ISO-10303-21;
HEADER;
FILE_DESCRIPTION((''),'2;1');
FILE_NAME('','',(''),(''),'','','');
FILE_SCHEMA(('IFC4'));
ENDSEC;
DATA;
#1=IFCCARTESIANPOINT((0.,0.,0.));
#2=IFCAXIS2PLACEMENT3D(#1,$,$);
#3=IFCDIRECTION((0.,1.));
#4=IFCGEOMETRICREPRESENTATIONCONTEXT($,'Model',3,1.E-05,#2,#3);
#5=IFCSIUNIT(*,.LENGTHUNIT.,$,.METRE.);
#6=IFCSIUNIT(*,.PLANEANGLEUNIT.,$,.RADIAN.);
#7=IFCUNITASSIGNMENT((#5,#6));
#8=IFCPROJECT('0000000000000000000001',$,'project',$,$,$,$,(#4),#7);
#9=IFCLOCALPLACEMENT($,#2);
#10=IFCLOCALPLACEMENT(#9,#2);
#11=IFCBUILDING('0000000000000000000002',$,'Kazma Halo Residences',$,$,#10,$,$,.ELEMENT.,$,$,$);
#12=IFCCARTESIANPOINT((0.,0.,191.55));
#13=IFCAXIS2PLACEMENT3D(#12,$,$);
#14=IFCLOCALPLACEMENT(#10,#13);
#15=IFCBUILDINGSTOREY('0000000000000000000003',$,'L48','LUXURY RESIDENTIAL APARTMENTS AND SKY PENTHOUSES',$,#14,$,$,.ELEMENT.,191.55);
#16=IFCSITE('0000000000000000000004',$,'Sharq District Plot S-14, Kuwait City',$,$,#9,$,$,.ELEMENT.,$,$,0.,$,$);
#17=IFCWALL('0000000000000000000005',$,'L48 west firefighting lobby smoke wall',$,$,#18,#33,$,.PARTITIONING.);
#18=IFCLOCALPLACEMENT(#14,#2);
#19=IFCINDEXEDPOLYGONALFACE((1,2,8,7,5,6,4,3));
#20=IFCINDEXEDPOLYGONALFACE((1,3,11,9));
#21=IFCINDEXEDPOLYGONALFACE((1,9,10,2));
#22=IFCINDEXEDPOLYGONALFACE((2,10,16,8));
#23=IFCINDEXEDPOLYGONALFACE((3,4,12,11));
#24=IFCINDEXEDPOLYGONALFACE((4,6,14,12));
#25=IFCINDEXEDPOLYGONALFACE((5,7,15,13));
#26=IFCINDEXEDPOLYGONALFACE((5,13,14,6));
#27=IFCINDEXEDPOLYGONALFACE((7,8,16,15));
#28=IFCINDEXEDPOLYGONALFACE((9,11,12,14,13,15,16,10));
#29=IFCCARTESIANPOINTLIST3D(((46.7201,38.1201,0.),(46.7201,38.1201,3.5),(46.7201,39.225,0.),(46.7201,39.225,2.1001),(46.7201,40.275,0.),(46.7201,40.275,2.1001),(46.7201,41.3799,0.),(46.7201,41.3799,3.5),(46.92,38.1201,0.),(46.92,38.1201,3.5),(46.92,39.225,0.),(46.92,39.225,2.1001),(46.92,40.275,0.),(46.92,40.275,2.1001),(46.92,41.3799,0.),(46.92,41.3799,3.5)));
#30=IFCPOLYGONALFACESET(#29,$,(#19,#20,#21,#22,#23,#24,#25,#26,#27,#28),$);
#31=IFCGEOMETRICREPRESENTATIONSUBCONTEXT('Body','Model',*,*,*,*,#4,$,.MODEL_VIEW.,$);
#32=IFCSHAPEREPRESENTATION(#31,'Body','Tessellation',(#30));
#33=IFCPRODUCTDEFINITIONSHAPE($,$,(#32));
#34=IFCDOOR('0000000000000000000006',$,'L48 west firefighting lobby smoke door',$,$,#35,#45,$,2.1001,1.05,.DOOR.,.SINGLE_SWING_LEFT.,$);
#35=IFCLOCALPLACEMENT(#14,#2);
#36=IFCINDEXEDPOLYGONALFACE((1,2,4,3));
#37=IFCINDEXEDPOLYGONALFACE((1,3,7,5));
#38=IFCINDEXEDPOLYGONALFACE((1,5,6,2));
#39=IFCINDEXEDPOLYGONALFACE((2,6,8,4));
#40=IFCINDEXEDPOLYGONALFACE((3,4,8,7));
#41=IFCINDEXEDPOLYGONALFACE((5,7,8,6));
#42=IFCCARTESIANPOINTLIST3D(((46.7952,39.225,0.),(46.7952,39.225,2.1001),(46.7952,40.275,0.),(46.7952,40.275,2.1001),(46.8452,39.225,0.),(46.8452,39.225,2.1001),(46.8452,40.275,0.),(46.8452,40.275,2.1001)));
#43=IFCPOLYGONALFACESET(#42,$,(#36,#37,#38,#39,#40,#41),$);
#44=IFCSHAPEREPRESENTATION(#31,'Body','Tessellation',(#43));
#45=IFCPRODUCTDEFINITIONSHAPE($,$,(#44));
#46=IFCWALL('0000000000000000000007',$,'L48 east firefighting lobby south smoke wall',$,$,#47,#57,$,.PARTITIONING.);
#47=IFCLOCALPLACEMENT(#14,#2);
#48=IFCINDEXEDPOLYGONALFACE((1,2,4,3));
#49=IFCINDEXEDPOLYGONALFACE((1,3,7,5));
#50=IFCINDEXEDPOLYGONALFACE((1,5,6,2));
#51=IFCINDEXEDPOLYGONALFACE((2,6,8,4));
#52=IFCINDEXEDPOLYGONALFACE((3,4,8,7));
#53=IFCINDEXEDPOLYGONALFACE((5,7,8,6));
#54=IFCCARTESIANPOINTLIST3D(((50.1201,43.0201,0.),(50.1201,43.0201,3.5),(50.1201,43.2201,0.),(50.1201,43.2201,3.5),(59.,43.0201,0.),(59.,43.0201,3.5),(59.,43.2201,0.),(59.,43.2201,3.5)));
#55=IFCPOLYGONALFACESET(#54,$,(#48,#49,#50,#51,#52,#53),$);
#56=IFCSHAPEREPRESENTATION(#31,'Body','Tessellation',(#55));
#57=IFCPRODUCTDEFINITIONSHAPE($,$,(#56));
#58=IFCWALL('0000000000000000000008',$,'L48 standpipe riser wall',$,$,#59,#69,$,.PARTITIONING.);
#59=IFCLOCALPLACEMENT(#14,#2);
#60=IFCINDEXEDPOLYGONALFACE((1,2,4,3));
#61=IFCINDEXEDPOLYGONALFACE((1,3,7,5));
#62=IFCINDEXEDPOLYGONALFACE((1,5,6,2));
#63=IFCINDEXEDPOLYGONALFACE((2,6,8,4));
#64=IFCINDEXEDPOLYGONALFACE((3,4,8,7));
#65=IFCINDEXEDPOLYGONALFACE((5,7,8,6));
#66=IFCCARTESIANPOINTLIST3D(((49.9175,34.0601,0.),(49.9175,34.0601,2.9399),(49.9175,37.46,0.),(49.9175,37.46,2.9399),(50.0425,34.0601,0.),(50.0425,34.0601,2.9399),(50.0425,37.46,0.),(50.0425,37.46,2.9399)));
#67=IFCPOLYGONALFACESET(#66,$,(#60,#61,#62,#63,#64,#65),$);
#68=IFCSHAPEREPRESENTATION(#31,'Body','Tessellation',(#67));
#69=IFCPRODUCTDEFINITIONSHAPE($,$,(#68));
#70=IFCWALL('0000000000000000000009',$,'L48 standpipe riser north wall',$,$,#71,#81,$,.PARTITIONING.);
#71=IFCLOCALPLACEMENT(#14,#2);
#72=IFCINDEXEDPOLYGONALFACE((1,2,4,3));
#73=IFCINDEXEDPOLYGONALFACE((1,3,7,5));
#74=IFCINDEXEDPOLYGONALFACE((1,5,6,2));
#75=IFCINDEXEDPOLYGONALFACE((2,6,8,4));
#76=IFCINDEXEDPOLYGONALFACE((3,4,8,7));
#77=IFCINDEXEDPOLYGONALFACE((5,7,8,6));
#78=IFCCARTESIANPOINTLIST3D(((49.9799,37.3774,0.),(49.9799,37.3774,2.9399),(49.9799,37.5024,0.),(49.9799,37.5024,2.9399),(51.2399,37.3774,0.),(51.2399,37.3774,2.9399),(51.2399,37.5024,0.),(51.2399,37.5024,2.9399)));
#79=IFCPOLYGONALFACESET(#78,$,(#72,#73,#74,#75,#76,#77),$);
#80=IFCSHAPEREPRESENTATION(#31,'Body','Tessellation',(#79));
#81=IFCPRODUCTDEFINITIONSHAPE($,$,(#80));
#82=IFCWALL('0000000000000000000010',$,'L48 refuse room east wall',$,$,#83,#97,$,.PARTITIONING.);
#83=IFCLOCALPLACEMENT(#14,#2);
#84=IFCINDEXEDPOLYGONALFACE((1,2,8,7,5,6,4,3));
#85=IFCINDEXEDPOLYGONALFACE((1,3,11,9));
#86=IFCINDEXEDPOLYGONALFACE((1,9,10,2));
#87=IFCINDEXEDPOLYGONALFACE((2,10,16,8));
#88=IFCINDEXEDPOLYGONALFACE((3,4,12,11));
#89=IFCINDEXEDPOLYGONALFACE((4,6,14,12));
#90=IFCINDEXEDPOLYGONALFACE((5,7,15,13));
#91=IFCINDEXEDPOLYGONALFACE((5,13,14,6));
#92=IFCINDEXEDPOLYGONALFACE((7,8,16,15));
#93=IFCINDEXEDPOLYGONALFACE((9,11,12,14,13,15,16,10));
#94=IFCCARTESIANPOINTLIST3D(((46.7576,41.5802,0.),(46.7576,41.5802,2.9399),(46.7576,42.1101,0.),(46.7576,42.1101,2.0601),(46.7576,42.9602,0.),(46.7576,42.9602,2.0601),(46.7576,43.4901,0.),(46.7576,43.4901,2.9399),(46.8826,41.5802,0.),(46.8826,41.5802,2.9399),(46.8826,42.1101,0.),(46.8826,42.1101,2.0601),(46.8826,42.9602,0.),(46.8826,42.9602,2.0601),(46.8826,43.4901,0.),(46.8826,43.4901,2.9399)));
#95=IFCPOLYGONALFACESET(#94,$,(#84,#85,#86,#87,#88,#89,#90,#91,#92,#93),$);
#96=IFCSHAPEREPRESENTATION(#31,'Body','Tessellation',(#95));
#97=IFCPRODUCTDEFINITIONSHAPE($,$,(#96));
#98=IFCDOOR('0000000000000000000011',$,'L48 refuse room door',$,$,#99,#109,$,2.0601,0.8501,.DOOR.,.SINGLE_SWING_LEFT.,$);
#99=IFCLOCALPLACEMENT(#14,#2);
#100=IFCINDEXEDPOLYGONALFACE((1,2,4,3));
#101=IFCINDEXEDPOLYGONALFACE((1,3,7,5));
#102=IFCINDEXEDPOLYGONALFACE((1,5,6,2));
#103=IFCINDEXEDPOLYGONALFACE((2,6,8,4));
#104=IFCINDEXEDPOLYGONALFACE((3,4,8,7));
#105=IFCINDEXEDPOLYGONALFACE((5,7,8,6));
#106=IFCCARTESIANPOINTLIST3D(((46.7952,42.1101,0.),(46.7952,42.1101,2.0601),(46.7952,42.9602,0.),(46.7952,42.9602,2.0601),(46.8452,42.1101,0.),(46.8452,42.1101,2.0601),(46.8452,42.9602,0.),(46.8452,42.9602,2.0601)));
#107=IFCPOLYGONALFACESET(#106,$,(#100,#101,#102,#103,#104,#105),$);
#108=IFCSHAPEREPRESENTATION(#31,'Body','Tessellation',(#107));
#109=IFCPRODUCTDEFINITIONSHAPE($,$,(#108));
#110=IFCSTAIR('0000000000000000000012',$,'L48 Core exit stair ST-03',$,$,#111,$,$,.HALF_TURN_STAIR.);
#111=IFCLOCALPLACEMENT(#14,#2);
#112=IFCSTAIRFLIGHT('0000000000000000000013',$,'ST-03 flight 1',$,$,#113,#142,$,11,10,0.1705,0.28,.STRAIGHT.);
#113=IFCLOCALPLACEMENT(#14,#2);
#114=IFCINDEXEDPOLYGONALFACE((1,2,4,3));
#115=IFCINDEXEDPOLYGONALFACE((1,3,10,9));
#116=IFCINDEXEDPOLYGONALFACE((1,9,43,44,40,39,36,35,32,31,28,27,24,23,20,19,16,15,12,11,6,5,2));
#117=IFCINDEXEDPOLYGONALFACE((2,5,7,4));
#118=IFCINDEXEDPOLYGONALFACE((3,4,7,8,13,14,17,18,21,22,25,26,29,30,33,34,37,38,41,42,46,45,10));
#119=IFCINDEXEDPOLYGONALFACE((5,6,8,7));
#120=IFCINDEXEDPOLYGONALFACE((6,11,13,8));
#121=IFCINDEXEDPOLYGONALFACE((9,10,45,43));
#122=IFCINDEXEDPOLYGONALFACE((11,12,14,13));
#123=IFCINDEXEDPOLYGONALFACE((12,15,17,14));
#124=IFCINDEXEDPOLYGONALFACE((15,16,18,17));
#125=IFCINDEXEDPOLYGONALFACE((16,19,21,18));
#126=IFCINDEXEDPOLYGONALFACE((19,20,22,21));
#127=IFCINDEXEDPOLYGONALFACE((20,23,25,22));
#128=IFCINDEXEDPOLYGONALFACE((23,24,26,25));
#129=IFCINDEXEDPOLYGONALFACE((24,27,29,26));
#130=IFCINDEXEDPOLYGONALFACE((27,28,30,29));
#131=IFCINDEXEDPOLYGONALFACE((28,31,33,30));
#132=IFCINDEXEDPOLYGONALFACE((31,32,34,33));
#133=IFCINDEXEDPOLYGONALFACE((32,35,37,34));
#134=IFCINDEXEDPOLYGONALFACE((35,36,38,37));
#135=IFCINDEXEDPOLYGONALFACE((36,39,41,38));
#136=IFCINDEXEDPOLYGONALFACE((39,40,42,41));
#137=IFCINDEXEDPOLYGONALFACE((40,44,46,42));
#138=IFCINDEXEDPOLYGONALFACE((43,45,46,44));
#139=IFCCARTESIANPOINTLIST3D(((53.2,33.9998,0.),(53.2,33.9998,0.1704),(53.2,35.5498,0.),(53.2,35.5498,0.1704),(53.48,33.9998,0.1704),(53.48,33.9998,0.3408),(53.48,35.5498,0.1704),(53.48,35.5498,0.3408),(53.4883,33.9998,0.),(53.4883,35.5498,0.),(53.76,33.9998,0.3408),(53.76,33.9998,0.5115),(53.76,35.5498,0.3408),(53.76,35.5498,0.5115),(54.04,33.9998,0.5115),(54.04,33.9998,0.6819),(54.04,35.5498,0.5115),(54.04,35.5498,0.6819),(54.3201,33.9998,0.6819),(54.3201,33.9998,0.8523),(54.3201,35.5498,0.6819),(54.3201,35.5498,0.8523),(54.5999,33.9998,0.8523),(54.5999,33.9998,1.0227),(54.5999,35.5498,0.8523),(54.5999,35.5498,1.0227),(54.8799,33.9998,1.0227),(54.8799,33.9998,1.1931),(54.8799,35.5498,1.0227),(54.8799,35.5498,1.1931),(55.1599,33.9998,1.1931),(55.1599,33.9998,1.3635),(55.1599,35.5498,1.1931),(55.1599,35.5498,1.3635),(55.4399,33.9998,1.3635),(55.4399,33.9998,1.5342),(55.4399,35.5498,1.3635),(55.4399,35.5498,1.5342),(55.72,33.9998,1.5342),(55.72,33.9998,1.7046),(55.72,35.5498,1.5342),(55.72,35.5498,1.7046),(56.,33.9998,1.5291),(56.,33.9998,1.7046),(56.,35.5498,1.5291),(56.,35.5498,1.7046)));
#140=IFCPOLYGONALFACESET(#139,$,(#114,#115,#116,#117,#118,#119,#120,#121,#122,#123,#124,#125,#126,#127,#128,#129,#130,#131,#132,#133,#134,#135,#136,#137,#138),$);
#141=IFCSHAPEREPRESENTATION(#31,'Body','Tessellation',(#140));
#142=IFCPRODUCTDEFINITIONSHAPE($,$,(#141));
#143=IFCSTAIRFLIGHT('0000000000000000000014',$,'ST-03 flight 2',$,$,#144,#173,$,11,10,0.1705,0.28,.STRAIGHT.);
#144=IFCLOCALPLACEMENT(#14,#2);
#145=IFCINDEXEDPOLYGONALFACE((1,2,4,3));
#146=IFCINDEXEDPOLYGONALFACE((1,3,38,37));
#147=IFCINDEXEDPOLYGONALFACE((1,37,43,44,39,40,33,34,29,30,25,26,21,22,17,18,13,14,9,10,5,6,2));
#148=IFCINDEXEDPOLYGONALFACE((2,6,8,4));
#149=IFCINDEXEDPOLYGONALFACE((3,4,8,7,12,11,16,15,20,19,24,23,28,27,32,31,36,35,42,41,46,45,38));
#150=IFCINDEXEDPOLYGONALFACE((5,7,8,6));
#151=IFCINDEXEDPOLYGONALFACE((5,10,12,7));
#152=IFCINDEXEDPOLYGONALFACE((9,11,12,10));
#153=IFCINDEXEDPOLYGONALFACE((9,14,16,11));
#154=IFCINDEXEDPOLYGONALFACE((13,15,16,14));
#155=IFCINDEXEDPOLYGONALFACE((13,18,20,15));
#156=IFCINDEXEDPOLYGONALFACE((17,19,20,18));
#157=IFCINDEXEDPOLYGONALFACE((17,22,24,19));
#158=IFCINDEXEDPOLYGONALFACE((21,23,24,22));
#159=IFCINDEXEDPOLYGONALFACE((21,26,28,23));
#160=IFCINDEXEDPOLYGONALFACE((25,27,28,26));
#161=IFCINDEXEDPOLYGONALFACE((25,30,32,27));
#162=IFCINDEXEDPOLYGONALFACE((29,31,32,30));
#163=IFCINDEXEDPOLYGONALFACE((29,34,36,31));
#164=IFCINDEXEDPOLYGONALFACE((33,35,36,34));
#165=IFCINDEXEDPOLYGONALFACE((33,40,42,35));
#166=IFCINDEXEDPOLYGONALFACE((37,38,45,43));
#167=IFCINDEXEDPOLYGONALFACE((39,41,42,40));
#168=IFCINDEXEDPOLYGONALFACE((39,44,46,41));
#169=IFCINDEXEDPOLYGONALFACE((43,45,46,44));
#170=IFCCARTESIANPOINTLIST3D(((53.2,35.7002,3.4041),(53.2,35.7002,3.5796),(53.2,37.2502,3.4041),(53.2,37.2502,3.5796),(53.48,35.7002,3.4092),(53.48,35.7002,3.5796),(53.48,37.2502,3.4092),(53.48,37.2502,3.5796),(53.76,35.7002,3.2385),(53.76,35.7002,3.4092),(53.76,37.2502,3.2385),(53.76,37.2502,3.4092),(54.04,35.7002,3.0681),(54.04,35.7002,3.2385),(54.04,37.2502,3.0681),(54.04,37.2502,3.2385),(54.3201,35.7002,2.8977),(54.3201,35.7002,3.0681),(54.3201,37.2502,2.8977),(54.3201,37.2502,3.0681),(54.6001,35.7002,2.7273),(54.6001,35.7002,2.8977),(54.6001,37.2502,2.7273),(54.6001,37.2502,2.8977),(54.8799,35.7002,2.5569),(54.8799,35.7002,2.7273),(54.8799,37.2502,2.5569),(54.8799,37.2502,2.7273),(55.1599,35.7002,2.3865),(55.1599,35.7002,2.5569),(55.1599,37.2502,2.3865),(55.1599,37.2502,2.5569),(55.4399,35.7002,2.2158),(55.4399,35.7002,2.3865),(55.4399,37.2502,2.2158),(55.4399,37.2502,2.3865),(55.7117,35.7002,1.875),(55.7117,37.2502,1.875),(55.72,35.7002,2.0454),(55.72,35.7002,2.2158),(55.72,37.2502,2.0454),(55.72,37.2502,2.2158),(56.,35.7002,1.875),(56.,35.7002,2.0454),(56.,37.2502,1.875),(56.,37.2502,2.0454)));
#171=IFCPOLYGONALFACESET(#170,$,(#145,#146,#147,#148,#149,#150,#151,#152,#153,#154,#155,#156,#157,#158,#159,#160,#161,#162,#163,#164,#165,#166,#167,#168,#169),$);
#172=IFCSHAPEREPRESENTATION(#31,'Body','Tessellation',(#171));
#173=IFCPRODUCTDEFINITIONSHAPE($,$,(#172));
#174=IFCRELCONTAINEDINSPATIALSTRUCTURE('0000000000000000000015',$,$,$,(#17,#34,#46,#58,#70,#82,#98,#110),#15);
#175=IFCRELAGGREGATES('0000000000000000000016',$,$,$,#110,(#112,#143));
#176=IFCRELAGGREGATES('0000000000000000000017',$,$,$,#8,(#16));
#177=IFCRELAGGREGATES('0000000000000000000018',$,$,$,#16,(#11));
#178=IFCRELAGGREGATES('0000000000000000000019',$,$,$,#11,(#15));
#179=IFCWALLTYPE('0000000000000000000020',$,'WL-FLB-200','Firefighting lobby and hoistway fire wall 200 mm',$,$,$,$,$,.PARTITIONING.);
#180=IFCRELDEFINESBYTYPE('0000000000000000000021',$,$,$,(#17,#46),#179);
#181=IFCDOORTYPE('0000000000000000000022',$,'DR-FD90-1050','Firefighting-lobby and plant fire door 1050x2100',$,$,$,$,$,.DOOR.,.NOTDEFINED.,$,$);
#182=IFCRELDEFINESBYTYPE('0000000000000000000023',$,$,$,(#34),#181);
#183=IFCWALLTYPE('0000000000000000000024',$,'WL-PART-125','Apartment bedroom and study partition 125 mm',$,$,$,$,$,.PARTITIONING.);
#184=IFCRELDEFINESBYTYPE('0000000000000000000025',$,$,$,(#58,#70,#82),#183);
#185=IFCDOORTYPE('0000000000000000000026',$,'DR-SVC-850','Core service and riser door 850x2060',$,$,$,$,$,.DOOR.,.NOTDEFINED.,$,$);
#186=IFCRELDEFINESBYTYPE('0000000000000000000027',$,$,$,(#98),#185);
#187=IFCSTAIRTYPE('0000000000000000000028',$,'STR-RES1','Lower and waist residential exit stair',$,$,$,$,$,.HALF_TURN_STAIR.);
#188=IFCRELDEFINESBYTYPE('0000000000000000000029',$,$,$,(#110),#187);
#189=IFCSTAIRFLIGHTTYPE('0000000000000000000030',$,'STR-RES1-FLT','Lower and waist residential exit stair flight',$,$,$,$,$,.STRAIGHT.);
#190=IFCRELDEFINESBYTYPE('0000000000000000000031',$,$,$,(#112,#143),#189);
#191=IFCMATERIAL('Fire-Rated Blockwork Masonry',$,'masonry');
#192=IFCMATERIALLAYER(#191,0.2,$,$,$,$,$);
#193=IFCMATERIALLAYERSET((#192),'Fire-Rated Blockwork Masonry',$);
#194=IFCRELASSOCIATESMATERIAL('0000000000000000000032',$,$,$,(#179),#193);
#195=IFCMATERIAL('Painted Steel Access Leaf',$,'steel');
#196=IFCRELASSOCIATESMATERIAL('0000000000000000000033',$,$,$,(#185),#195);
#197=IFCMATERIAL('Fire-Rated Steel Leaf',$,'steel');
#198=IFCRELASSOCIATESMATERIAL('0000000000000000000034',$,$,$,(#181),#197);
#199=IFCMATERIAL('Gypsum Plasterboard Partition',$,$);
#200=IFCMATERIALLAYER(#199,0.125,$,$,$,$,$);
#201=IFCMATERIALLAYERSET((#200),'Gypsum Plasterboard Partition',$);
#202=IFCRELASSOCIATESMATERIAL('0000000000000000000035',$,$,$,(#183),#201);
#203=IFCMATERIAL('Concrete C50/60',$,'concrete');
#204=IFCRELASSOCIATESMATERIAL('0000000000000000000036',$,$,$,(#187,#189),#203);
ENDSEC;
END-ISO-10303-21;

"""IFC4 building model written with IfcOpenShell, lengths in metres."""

from ifc_helpers import new_model, si_unit, direction, frame, frame_2d, origin, place, context, subcontext, project, spatial, polyline, rectangle, outline, extrude, material, layer, layer_set, type_object, element, fill, aggregate, save


model = new_model("IFC4")

# Units and contexts
model_context = context("Model", 3, precision=1e-05, world=origin(), true_north=direction((0.0, 1.0)))
body_context = subcontext(model_context, "Body", "Model", "MODEL_VIEW")
ifc_project = project(units=[si_unit("LENGTHUNIT", "METRE"), si_unit("PLANEANGLEUNIT", "RADIAN")], contexts=[model_context])

# Site, building, storey
site_placement = place(None, origin())
site = spatial("IfcSite", under=ifc_project, at=site_placement, Name="Sharq District Plot S-14, Kuwait City", CompositionType="ELEMENT", RefElevation=0.0)
building_placement = place(site_placement, origin())
building = spatial("IfcBuilding", under=site, at=building_placement, Name="Kazma Halo Residences", CompositionType="ELEMENT")
storey_placement = place(building_placement, frame((0.0, 0.0, 191.55)))
storey = spatial("IfcBuildingStorey", under=building, at=storey_placement, Name="L48", Description="LUXURY RESIDENTIAL APARTMENTS AND SKY PENTHOUSES", CompositionType="ELEMENT", Elevation=191.55)

# Shared definitions
ifc_material_1 = material(Name="Fire-Rated Blockwork Masonry", Category="masonry")
ifc_layer_1 = layer(ifc_material_1, 0.2)
ifc_layer_set_1 = layer_set([ifc_layer_1], Name="Fire-Rated Blockwork Masonry")
wall_type_1 = type_object("IfcWallType", Name="WL-FLB-200", Description="Firefighting lobby and hoistway fire wall 200 mm", PredefinedType="PARTITIONING", material=ifc_layer_set_1)

# Wall, opening, door
ifc_material_2 = material(Name="Painted Steel Access Leaf", Category="steel")
door_type_1 = type_object("IfcDoorType", Name="DR-SVC-850", Description="Core service and riser door 850x2060", OperationType="NOTDEFINED", PredefinedType="DOOR", material=ifc_material_2)
wall_1_placement = place(storey_placement, frame((46.8201, 38.1201, 0.0), z_axis=(0.0, 0.0, 1.0), x_axis=(0.0, 1.0, 0.0)))
wall_1 = element("IfcWall", 1, at=wall_1_placement, inside=storey, type_object=wall_type_1, Name="L48 west firefighting lobby smoke wall", PredefinedType="PARTITIONING", context=body_context, shape_type="SweptSolid", body=[
    extrude(rectangle(XDim=3.2598, YDim=0.2, at=frame_2d((1.6299, 0.0))), origin(), (0.0, 0.0, 1.0), 3.5),
])
opening_1_placement = place(wall_1_placement, frame((1.105, 0.0, 0.0)))
opening_1 = element("IfcOpeningElement", 2, at=opening_1_placement, cuts=wall_1, PredefinedType="OPENING", context=body_context, shape_type="SweptSolid", body=[
    extrude(rectangle(XDim=1.05, YDim=2.1001, at=frame_2d((0.5249, 1.05))), frame((0.0, 0.1099, 0.0), z_axis=(0.0, -1.0, 0.0), x_axis=(1.0, 0.0, 0.0)), (0.0, 0.0, 1.0), 0.22),
])
ifc_material_3 = material(Name="Fire-Rated Steel Leaf", Category="steel")
door_type_2 = type_object("IfcDoorType", Name="DR-FD90-1050", Description="Firefighting-lobby and plant fire door 1050x2100", OperationType="NOTDEFINED", PredefinedType="DOOR", material=ifc_material_3)
door_1_placement = place(opening_1_placement, origin())
door_1 = element("IfcDoor", 3, at=door_1_placement, inside=storey, type_object=door_type_2, Name="L48 west firefighting lobby smoke door", OperationType="SINGLE_SWING_LEFT", OverallHeight=2.1001, OverallWidth=1.05, PredefinedType="DOOR", context=body_context, shape_type="SweptSolid", body=[
    extrude(rectangle(XDim=1.05, YDim=2.1001, at=frame_2d((0.5249, 1.05))), frame((0.0, 0.0249, 0.0), z_axis=(0.0, -1.0, 0.0), x_axis=(1.0, 0.0, 0.0)), (0.0, 0.0, 1.0), 0.05),
])
fill(opening_1, door_1)

# Walls
wall_2_placement = place(storey_placement, frame((50.1201, 43.1201, 0.0), z_axis=(0.0, 0.0, 1.0), x_axis=(1.0, 0.0, 0.0)))
element("IfcWall", 4, at=wall_2_placement, inside=storey, type_object=wall_type_1, Name="L48 east firefighting lobby south smoke wall", PredefinedType="PARTITIONING", context=body_context, shape_type="SweptSolid", body=[
    extrude(rectangle(XDim=8.8799, YDim=0.2, at=frame_2d((4.4399, 0.0))), origin(), (0.0, 0.0, 1.0), 3.5),
])
ifc_material_4 = material(Name="Gypsum Plasterboard Partition")
ifc_layer_2 = layer(ifc_material_4, 0.125)
ifc_layer_set_2 = layer_set([ifc_layer_2], Name="Gypsum Plasterboard Partition")
wall_type_2 = type_object("IfcWallType", Name="WL-PART-125", Description="Apartment bedroom and study partition 125 mm", PredefinedType="PARTITIONING", material=ifc_layer_set_2)
wall_3_placement = place(storey_placement, frame((49.98, 34.0601, 0.0), z_axis=(0.0, 0.0, 1.0), x_axis=(0.0, 1.0, 0.0)))
element("IfcWall", 5, at=wall_3_placement, inside=storey, type_object=wall_type_2, Name="L48 standpipe riser wall", PredefinedType="PARTITIONING", context=body_context, shape_type="SweptSolid", body=[
    extrude(rectangle(XDim=3.3999, YDim=0.125, at=frame_2d((1.7, 0.0))), origin(), (0.0, 0.0, 1.0), 2.9399),
])
wall_4_placement = place(storey_placement, frame((49.98, 37.4399, 0.0), z_axis=(0.0, 0.0, 1.0), x_axis=(1.0, 0.0, 0.0)))
element("IfcWall", 6, at=wall_4_placement, inside=storey, type_object=wall_type_2, Name="L48 standpipe riser north wall", PredefinedType="PARTITIONING", context=body_context, shape_type="SweptSolid", body=[
    extrude(rectangle(XDim=1.26, YDim=0.125, at=frame_2d((0.6299, 0.0))), origin(), (0.0, 0.0, 1.0), 2.9399),
])

# Wall, opening, door
wall_5_placement = place(storey_placement, frame((46.8201, 41.5801, 0.0), z_axis=(0.0, 0.0, 1.0), x_axis=(0.0, 1.0, 0.0)))
wall_5 = element("IfcWall", 7, at=wall_5_placement, inside=storey, type_object=wall_type_2, Name="L48 refuse room east wall", PredefinedType="PARTITIONING", context=body_context, shape_type="SweptSolid", body=[
    extrude(rectangle(XDim=1.9099, YDim=0.125, at=frame_2d((0.9551, 0.0))), origin(), (0.0, 0.0, 1.0), 2.9399),
])
opening_2_placement = place(wall_5_placement, frame((0.53, 0.0, 0.0)))
opening_2 = element("IfcOpeningElement", 8, at=opening_2_placement, cuts=wall_5, PredefinedType="OPENING", context=body_context, shape_type="SweptSolid", body=[
    extrude(rectangle(XDim=0.8501, YDim=2.0601, at=frame_2d((0.425, 1.03))), frame((0.0, 0.0725, 0.0), z_axis=(0.0, -1.0, 0.0), x_axis=(1.0, 0.0, 0.0)), (0.0, 0.0, 1.0), 0.145),
])
door_2_placement = place(opening_2_placement, origin())
door_2 = element("IfcDoor", 9, at=door_2_placement, inside=storey, type_object=door_type_1, Name="L48 refuse room door", OperationType="SINGLE_SWING_LEFT", OverallHeight=2.0601, OverallWidth=0.8501, PredefinedType="DOOR", context=body_context, shape_type="SweptSolid", body=[
    extrude(rectangle(XDim=0.8501, YDim=2.0601, at=frame_2d((0.425, 1.03))), frame((0.0, 0.0249, 0.0), z_axis=(0.0, -1.0, 0.0), x_axis=(1.0, 0.0, 0.0)), (0.0, 0.0, 1.0), 0.05),
])
fill(opening_2, door_2)
ifc_material_5 = material(Name="Concrete C50/60", Category="concrete")

# Stair, stair flights
stair_type = type_object("IfcStairType", Name="STR-RES1", Description="Lower and waist residential exit stair", PredefinedType="HALF_TURN_STAIR", material=ifc_material_5)
stair_placement = place(storey_placement, origin())
stair = element("IfcStair", 10, at=stair_placement, inside=storey, type_object=stair_type, Name="L48 Core exit stair ST-03", PredefinedType="HALF_TURN_STAIR")
stair_flight_type = type_object("IfcStairFlightType", Name="STR-RES1-FLT", Description="Lower and waist residential exit stair flight", PredefinedType="STRAIGHT", material=ifc_material_5)
stair_flight_1_placement = place(storey_placement, frame((53.2, 34.7749, 0.0), z_axis=(0.0, 0.0, 1.0), x_axis=(1.0, 0.0, 0.0)))
stair_flight_1 = element("IfcStairFlight", 11, at=stair_flight_1_placement, type_object=stair_flight_type, Name="ST-03 flight 1", NumberOfRisers=11, NumberOfTreads=10, PredefinedType="STRAIGHT", RiserHeight=0.1705, TreadLength=0.28, context=body_context, shape_type="SweptSolid", body=[
    extrude(outline(polyline([(0.0, 0.0), (0.0, 0.1704), (0.28, 0.1704), (0.28, 0.3408), (0.5601, 0.3408), (0.5601, 0.5115), (0.8401, 0.5115), (0.8401, 0.6819), (1.1201, 0.6819), (1.1201, 0.8523), (1.3999, 0.8523), (1.3999, 1.0227), (1.6799, 1.0227), (1.6799, 1.1931), (1.96, 1.1931), (1.96, 1.3635), (2.24, 1.3635), (2.24, 1.5342), (2.52, 1.5342), (2.52, 1.7046), (2.8, 1.7046), (2.8, 1.875), (2.8, 1.5291), (0.2883, 0.0), (0.0, 0.0)])), frame((0.0, 0.7749, 0.0), z_axis=(0.0, -1.0, 0.0), x_axis=(1.0, 0.0, 0.0)), (0.0, 0.0, 1.0), 1.55),
])
stair_flight_2_placement = place(storey_placement, frame((56.0, 36.4751, 1.875), z_axis=(0.0, 0.0, 1.0), x_axis=(-1.0, 0.0, 0.0)))
stair_flight_2 = element("IfcStairFlight", 12, at=stair_flight_2_placement, type_object=stair_flight_type, Name="ST-03 flight 2", NumberOfRisers=11, NumberOfTreads=10, PredefinedType="STRAIGHT", RiserHeight=0.1705, TreadLength=0.28, context=body_context, shape_type="SweptSolid", body=[
    extrude(outline(polyline([(0.0, 0.0), (0.0, 0.1704), (0.28, 0.1704), (0.28, 0.3408), (0.5601, 0.3408), (0.5601, 0.5115), (0.8401, 0.5115), (0.8401, 0.6819), (1.1201, 0.6819), (1.1201, 0.8523), (1.3999, 0.8523), (1.3999, 1.0227), (1.6799, 1.0227), (1.6799, 1.1931), (1.96, 1.1931), (1.96, 1.3635), (2.24, 1.3635), (2.24, 1.5342), (2.52, 1.5342), (2.52, 1.7046), (2.8, 1.7046), (2.8, 1.875), (2.8, 1.5291), (0.2883, 0.0), (0.0, 0.0)])), frame((0.0, 0.7749, 0.0), z_axis=(0.0, -1.0, 0.0), x_axis=(1.0, 0.0, 0.0)), (0.0, 0.0, 1.0), 1.55),
])
aggregate(stair, [stair_flight_1, stair_flight_2])

save(model, "model.ifc")
